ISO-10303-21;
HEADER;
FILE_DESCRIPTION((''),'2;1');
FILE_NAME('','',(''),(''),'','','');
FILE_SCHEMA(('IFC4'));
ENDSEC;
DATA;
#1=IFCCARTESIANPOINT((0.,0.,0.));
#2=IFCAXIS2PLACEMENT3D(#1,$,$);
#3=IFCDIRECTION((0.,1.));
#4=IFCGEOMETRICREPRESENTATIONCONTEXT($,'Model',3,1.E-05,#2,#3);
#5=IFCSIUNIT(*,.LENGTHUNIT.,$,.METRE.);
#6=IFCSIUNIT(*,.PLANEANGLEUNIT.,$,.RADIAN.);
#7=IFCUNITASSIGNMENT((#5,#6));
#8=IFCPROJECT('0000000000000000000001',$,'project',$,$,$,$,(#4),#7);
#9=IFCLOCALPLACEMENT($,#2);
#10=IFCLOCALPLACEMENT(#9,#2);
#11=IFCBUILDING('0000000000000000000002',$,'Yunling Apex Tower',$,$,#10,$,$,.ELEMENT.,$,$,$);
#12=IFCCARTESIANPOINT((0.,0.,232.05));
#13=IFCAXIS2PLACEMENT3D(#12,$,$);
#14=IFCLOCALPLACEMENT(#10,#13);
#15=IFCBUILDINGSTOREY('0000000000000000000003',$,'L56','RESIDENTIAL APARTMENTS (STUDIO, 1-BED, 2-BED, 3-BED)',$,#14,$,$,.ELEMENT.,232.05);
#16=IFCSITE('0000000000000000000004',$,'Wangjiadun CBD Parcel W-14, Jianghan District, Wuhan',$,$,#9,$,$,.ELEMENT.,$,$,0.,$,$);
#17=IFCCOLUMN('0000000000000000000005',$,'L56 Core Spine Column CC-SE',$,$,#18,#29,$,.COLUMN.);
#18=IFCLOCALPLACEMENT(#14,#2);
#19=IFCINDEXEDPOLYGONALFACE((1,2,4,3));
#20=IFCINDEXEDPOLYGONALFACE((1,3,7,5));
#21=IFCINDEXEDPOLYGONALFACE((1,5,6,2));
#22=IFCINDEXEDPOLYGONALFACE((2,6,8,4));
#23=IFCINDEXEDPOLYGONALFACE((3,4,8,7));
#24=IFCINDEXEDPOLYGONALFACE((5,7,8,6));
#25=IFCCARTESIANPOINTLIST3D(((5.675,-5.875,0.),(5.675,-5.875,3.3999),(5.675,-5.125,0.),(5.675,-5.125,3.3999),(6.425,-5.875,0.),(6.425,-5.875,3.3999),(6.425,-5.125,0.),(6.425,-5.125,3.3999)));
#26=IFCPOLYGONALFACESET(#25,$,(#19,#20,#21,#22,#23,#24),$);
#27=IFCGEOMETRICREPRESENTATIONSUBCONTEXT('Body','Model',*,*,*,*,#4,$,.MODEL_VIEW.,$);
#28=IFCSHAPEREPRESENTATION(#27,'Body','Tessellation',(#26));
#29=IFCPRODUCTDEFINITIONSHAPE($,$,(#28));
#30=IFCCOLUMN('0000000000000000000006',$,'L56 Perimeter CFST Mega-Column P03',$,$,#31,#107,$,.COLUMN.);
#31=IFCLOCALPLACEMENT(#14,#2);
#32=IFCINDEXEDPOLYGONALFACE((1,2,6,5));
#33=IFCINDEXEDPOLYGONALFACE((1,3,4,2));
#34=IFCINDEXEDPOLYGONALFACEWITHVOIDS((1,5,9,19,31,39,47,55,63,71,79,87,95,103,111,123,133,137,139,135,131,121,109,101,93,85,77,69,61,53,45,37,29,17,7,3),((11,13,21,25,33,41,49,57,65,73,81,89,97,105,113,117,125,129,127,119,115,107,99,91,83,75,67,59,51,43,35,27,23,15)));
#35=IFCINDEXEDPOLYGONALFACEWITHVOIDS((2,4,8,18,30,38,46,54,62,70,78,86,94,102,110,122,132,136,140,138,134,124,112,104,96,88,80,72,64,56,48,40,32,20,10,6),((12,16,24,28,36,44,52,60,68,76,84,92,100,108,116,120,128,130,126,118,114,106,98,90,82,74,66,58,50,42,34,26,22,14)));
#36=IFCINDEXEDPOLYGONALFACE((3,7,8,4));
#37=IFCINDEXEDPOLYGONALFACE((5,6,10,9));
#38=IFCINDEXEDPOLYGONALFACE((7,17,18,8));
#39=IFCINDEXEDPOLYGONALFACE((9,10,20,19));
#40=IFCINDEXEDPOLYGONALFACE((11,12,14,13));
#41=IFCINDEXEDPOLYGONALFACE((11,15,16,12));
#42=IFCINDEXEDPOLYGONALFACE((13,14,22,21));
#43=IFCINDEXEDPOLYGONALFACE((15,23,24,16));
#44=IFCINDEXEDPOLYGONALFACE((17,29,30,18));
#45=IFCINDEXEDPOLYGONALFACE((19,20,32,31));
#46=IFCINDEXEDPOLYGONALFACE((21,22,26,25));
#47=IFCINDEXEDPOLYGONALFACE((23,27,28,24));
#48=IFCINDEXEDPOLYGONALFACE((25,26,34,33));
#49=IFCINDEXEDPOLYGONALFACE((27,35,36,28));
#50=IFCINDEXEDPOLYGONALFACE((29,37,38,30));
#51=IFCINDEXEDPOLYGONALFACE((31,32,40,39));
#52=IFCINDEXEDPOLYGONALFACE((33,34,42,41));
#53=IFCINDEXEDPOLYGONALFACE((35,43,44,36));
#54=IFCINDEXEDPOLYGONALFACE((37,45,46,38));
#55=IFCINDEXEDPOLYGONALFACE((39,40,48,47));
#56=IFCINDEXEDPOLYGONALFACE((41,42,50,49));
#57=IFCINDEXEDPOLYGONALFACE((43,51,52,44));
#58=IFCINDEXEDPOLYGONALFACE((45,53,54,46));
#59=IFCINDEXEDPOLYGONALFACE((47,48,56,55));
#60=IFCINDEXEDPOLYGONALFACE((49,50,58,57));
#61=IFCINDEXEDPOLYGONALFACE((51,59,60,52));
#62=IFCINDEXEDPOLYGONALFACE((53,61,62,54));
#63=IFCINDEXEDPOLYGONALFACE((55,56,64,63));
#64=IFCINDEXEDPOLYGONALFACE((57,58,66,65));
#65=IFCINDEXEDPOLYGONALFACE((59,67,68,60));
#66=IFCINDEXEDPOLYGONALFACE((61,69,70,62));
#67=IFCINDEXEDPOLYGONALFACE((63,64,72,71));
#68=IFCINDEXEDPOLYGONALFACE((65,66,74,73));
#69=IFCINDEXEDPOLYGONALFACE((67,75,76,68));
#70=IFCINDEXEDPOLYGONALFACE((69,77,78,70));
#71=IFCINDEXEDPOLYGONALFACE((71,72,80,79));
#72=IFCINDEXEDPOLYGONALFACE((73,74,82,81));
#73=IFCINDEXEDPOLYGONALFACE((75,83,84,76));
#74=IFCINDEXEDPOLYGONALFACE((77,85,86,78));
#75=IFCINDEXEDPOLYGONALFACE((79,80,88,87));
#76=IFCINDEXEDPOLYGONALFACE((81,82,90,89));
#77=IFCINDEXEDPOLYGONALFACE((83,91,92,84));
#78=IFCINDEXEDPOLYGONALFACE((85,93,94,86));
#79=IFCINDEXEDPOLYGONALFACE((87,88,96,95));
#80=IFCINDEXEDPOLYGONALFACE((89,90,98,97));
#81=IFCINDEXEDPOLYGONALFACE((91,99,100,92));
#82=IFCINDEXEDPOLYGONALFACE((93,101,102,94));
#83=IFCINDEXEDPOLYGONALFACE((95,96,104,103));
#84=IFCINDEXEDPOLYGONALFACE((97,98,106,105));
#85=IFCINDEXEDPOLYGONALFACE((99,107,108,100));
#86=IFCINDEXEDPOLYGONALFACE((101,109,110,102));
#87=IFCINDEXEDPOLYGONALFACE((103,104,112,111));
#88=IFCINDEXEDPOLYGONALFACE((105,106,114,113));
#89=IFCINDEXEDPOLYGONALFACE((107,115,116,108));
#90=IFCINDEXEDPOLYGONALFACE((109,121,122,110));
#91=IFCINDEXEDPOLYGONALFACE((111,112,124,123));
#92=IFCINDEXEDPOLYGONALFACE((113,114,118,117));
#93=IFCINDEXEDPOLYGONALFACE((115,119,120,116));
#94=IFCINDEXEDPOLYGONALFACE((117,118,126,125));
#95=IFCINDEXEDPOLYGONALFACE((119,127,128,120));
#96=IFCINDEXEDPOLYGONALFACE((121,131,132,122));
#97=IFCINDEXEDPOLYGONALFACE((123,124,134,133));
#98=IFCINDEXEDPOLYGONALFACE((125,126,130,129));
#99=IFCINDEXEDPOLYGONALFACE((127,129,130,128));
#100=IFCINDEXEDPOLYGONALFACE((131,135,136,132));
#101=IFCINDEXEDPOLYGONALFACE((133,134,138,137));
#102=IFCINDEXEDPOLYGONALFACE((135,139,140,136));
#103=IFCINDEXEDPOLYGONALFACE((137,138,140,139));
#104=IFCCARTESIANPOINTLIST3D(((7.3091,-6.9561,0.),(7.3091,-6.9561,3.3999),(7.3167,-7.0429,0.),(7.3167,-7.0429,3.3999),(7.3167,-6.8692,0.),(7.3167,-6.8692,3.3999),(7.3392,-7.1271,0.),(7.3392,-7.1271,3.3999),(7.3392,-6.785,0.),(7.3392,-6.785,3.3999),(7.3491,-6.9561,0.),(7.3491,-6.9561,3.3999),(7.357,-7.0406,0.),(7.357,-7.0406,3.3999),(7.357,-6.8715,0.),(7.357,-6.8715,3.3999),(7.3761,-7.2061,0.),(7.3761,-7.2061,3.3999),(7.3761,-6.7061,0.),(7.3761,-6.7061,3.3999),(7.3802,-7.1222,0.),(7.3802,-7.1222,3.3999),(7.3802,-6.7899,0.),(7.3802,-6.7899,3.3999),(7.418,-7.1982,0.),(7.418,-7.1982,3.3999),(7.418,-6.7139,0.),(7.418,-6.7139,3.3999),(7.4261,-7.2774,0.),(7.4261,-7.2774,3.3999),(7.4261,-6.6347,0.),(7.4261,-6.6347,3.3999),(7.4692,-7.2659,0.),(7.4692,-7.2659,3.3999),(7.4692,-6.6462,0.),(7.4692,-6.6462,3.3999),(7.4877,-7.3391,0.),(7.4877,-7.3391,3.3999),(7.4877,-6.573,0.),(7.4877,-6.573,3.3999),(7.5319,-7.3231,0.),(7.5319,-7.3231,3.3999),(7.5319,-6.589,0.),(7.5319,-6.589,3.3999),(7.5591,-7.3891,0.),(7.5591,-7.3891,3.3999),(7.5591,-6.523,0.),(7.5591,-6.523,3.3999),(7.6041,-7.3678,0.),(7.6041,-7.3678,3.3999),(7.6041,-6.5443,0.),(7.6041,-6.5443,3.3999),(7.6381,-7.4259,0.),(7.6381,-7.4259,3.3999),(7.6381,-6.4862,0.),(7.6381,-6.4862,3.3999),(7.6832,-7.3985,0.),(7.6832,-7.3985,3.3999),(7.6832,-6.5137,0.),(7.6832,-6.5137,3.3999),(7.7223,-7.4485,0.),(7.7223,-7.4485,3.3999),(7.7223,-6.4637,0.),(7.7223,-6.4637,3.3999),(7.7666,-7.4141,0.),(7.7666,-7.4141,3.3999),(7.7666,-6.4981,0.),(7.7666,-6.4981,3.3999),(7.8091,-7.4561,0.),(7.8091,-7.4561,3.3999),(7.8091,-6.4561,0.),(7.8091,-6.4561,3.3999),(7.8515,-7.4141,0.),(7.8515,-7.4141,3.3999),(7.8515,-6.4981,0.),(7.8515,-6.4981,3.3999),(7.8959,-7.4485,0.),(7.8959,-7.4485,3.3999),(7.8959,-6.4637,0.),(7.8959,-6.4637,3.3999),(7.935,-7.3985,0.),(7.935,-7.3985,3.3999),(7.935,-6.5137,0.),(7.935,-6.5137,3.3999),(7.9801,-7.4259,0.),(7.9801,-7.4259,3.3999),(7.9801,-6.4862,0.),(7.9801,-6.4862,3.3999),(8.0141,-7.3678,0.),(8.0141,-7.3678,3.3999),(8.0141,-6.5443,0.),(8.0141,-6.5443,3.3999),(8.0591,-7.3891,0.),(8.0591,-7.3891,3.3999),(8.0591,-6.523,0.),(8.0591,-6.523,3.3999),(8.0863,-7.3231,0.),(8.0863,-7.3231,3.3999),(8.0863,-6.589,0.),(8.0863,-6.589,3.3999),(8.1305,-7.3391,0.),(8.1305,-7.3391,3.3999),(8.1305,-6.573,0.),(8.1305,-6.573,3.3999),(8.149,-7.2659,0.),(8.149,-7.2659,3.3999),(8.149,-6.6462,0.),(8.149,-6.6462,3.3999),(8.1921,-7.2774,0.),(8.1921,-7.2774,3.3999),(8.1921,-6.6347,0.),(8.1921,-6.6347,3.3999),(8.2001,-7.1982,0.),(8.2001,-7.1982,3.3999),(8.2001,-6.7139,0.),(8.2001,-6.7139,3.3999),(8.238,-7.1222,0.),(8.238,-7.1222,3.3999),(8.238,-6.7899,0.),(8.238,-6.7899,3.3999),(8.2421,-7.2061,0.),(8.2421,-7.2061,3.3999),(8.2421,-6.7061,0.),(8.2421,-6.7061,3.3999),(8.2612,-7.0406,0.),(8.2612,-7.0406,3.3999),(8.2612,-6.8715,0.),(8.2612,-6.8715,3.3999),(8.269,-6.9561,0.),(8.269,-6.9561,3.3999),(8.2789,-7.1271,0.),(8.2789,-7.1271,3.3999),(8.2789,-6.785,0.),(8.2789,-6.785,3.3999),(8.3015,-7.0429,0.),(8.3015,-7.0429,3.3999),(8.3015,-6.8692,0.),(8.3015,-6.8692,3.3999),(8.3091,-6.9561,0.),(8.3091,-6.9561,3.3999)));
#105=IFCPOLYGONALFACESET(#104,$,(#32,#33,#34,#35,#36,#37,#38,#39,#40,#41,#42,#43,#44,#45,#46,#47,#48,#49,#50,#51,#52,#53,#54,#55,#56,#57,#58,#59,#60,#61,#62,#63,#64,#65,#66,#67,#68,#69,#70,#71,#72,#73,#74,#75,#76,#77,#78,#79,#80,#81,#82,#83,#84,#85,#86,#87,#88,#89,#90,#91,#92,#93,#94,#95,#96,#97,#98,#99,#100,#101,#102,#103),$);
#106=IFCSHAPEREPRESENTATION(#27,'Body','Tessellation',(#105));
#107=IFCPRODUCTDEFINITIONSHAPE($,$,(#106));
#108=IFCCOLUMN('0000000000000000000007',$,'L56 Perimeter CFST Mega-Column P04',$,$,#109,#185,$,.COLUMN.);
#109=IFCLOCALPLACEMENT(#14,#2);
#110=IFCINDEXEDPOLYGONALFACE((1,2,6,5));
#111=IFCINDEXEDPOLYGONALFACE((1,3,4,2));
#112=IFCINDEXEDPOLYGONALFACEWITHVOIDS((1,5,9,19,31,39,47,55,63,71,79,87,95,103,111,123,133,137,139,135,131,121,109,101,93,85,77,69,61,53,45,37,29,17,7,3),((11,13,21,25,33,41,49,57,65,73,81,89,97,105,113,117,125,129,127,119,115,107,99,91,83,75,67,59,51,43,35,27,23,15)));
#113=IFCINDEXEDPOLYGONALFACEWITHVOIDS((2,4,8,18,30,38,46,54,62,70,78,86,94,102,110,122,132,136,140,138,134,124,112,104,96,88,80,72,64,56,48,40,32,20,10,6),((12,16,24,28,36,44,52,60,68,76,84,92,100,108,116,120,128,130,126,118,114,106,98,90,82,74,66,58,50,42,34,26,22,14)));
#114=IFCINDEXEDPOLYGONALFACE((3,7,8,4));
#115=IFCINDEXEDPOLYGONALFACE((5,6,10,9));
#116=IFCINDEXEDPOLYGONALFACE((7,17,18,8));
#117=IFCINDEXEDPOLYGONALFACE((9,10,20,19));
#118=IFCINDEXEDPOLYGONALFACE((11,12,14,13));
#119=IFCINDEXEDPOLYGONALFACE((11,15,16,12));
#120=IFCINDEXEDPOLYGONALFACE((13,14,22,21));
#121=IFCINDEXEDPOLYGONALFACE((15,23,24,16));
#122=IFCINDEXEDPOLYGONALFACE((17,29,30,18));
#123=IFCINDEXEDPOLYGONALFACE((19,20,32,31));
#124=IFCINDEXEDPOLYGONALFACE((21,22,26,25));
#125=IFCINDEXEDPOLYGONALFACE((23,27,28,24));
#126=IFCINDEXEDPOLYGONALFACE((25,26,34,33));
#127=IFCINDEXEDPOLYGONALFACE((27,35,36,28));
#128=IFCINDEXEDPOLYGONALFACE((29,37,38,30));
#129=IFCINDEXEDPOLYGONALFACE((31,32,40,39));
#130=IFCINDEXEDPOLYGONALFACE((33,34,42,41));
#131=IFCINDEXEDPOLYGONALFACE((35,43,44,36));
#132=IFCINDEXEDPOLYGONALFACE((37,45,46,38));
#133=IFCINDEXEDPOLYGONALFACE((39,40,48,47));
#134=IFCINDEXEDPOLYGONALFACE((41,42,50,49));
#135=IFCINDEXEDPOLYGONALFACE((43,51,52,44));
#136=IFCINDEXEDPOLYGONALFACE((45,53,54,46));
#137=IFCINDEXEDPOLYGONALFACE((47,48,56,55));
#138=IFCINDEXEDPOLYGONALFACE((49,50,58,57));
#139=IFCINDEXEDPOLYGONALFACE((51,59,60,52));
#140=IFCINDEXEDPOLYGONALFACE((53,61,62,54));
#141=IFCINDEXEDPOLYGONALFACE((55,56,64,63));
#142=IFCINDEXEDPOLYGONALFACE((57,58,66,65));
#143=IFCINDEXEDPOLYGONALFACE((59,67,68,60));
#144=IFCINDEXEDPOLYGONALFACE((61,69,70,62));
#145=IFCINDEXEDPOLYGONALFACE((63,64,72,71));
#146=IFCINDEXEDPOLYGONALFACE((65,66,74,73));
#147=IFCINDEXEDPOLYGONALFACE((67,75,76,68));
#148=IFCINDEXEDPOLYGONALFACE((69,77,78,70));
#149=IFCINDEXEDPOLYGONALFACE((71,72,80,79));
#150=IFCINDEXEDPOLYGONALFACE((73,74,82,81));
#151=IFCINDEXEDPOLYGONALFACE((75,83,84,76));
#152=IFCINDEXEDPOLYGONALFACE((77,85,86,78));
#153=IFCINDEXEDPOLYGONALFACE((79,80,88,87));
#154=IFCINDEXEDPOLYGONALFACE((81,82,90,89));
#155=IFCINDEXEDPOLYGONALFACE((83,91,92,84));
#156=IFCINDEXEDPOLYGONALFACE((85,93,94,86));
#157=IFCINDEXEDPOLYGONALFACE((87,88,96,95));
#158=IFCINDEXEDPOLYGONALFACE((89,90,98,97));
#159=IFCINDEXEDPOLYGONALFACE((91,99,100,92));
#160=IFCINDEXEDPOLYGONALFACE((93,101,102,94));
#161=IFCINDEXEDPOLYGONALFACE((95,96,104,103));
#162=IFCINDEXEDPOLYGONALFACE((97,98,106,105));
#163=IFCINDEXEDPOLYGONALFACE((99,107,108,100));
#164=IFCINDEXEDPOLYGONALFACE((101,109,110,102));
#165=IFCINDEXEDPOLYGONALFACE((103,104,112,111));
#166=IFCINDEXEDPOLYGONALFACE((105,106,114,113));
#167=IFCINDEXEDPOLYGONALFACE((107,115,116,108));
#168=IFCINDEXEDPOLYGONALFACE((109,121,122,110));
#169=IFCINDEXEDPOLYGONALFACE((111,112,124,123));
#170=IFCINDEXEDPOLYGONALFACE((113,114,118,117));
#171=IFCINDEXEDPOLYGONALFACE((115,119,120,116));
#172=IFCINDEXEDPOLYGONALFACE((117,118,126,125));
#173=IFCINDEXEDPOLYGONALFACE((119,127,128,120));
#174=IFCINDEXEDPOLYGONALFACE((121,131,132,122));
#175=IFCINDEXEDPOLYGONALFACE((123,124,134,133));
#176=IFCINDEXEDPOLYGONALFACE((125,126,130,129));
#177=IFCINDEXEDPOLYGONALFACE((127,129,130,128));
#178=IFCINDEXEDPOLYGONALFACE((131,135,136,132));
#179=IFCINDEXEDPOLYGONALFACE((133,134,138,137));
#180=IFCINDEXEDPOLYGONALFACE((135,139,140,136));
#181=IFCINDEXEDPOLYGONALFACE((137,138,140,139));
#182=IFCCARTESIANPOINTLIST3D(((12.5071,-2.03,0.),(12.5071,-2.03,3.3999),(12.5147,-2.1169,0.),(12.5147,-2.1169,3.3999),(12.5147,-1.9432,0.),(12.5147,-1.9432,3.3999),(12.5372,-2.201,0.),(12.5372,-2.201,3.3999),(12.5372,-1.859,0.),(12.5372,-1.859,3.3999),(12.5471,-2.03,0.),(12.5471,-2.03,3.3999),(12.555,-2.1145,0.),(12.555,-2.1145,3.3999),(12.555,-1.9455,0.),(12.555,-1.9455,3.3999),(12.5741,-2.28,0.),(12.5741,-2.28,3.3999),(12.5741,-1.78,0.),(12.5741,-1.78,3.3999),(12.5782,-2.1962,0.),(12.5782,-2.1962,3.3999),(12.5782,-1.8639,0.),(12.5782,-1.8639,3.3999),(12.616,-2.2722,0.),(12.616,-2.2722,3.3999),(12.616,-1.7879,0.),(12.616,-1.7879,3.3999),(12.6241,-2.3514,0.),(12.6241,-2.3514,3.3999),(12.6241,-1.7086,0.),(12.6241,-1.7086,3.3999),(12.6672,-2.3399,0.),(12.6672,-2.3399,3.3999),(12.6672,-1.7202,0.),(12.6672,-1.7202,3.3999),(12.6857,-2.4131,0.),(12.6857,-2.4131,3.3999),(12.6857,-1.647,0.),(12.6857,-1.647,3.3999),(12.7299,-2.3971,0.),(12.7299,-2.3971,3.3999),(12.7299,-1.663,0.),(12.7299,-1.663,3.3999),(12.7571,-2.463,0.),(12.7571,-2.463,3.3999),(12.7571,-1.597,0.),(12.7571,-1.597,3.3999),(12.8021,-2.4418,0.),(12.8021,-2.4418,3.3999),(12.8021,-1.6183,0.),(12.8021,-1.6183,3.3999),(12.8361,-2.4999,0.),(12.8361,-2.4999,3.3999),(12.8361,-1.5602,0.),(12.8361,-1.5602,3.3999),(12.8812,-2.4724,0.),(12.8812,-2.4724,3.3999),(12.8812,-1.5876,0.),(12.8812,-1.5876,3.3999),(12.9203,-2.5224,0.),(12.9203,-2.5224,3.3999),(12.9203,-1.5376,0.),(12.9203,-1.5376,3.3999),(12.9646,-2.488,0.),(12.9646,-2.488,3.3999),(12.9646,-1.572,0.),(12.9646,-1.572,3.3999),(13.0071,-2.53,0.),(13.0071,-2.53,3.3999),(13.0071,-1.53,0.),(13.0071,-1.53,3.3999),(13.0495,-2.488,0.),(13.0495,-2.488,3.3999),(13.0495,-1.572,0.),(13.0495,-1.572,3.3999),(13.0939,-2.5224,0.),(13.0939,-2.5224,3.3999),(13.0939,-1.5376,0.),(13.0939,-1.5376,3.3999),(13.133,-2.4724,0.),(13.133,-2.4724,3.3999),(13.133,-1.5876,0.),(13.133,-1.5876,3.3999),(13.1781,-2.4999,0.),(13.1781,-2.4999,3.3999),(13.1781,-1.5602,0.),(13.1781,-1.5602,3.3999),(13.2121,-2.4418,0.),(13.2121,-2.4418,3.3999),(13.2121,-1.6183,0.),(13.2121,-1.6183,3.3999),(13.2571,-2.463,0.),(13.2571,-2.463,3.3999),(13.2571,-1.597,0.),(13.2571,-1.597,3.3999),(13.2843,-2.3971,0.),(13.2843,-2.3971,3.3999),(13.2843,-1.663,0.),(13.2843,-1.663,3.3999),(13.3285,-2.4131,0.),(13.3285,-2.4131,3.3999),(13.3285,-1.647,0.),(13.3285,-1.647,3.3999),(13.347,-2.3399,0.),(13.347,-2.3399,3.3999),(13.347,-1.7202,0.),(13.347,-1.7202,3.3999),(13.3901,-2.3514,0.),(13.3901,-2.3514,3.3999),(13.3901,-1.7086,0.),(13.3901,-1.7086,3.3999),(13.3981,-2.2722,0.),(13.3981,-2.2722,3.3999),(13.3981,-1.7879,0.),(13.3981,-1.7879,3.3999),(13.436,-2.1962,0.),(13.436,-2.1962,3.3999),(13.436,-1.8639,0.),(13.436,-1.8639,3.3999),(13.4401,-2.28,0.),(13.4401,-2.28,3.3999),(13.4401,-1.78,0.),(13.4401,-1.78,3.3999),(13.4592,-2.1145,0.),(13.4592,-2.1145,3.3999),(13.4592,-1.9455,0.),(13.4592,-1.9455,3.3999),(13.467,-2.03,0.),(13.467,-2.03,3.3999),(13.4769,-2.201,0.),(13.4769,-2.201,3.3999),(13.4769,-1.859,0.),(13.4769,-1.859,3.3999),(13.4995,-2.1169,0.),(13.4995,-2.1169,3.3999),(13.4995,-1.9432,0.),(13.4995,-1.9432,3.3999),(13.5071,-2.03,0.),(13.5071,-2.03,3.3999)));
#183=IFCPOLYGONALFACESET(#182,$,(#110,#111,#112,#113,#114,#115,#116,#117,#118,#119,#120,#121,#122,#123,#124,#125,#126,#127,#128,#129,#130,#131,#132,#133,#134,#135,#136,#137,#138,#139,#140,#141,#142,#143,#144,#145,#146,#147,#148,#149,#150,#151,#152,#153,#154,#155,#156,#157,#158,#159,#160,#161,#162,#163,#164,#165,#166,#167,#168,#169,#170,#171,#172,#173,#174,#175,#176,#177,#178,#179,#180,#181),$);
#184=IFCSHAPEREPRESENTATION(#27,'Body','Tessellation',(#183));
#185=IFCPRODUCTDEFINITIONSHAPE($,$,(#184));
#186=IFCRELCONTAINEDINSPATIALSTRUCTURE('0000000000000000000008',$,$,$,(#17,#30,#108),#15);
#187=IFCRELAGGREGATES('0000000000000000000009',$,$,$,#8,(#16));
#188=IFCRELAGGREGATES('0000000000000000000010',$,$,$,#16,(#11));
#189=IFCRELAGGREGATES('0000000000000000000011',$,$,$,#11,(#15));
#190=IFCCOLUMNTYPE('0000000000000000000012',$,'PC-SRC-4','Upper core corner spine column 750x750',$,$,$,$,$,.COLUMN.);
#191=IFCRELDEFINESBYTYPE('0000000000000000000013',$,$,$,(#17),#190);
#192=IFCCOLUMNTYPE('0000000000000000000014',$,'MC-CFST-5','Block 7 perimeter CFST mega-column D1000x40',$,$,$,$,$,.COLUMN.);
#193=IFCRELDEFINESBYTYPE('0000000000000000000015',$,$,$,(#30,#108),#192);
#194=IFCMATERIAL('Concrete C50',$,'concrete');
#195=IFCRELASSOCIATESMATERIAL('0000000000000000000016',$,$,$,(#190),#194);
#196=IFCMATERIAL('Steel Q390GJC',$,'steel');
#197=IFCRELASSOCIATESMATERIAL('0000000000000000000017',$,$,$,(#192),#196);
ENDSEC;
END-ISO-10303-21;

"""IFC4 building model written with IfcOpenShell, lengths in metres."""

from ifc_helpers import new_model, si_unit, direction, frame, origin, origin_2d, place, context, subcontext, project, spatial, rectangle, hollow_circle, extrude, source, transform, mapped, material, material_profile, profile_set, type_object, element, save


model = new_model("IFC4")

# Units and contexts
model_context = context("Model", 3, precision=1e-05, world=origin(), true_north=direction((0.0, 1.0)))
body_context = subcontext(model_context, "Body", "Model", "MODEL_VIEW")
ifc_project = project(units=[si_unit("LENGTHUNIT", "METRE"), si_unit("PLANEANGLEUNIT", "RADIAN")], contexts=[model_context])

# Site, building, storey
site_placement = place(None, origin())
site = spatial("IfcSite", under=ifc_project, at=site_placement, Name="Wangjiadun CBD Parcel W-14, Jianghan District, Wuhan", CompositionType="ELEMENT", RefElevation=0.0)
building_placement = place(site_placement, origin())
building = spatial("IfcBuilding", under=site, at=building_placement, Name="Yunling Apex Tower", CompositionType="ELEMENT")
storey_placement = place(building_placement, frame((0.0, 0.0, 232.05)))
storey = spatial("IfcBuildingStorey", under=building, at=storey_placement, Name="L56", Description="RESIDENTIAL APARTMENTS (STUDIO, 1-BED, 2-BED, 3-BED)", CompositionType="ELEMENT", Elevation=232.05)

# Columns
ifc_material_1 = material(Name="Concrete C50", Category="concrete")
ifc_material_profile_1 = material_profile(ifc_material_1, rectangle(XDim=0.75, YDim=0.75, at=origin_2d()))
ifc_profile_set_1 = profile_set([ifc_material_profile_1], Name="Concrete C50")
column_type_1 = type_object("IfcColumnType", Name="PC-SRC-4", Description="Upper core corner spine column 750x750", PredefinedType="COLUMN", material=ifc_profile_set_1)
shared_shape_1 = source(origin(), body_context, "Body", "SweptSolid", [
    extrude(rectangle(XDim=0.75, YDim=0.75, at=origin_2d()), origin(), (0.0, 0.0, 1.0), 3.3999),
])
column_placement = place(storey_placement, frame((6.05, -5.5, 0.0), z_axis=(0.0, 0.0, 1.0), x_axis=(1.0, 0.0, 0.0)))
element("IfcColumn", 1, at=column_placement, inside=storey, type_object=column_type_1, Name="L56 Core Spine Column CC-SE", PredefinedType="COLUMN", context=body_context, shape_type="MappedRepresentation", body=[
    mapped(shared_shape_1, transform((0.0, 0.0, 0.0), scale=1.0)),
])
ifc_material_2 = material(Name="Steel Q390GJC", Category="steel")
ifc_material_profile_2 = material_profile(ifc_material_2, hollow_circle(Radius=0.5, WallThickness=0.04, at=origin_2d()))
ifc_profile_set_2 = profile_set([ifc_material_profile_2], Name="Steel Q390GJC")
column_type_2 = type_object("IfcColumnType", Name="MC-CFST-5", Description="Block 7 perimeter CFST mega-column D1000x40", PredefinedType="COLUMN", material=ifc_profile_set_2)
shared_shape_2 = source(origin(), body_context, "Body", "SweptSolid", [
    extrude(hollow_circle(Radius=0.5, WallThickness=0.04, at=origin_2d()), origin(), (0.0, 0.0, 1.0), 3.3999),
])
for number, where, z_axis, x_axis, name in (
    (2, (7.8091, -6.9561, 0.0), (0.0, 0.0, 1.0), (1.0, 0.0, 0.0), "L56 Perimeter CFST Mega-Column P03"),
    (3, (13.0071, -2.03, 0.0), (0.0, 0.0, 1.0), (1.0, 0.0, 0.0), "L56 Perimeter CFST Mega-Column P04"),
):
    element("IfcColumn", number, at=place(storey_placement, frame(where, z_axis=z_axis, x_axis=x_axis)), inside=storey, type_object=column_type_2, Name=name, PredefinedType="COLUMN", context=body_context, shape_type="MappedRepresentation", body=[
        mapped(shared_shape_2, transform((0.0, 0.0, 0.0), scale=1.0)),
    ])

save(model, "model.ifc")
